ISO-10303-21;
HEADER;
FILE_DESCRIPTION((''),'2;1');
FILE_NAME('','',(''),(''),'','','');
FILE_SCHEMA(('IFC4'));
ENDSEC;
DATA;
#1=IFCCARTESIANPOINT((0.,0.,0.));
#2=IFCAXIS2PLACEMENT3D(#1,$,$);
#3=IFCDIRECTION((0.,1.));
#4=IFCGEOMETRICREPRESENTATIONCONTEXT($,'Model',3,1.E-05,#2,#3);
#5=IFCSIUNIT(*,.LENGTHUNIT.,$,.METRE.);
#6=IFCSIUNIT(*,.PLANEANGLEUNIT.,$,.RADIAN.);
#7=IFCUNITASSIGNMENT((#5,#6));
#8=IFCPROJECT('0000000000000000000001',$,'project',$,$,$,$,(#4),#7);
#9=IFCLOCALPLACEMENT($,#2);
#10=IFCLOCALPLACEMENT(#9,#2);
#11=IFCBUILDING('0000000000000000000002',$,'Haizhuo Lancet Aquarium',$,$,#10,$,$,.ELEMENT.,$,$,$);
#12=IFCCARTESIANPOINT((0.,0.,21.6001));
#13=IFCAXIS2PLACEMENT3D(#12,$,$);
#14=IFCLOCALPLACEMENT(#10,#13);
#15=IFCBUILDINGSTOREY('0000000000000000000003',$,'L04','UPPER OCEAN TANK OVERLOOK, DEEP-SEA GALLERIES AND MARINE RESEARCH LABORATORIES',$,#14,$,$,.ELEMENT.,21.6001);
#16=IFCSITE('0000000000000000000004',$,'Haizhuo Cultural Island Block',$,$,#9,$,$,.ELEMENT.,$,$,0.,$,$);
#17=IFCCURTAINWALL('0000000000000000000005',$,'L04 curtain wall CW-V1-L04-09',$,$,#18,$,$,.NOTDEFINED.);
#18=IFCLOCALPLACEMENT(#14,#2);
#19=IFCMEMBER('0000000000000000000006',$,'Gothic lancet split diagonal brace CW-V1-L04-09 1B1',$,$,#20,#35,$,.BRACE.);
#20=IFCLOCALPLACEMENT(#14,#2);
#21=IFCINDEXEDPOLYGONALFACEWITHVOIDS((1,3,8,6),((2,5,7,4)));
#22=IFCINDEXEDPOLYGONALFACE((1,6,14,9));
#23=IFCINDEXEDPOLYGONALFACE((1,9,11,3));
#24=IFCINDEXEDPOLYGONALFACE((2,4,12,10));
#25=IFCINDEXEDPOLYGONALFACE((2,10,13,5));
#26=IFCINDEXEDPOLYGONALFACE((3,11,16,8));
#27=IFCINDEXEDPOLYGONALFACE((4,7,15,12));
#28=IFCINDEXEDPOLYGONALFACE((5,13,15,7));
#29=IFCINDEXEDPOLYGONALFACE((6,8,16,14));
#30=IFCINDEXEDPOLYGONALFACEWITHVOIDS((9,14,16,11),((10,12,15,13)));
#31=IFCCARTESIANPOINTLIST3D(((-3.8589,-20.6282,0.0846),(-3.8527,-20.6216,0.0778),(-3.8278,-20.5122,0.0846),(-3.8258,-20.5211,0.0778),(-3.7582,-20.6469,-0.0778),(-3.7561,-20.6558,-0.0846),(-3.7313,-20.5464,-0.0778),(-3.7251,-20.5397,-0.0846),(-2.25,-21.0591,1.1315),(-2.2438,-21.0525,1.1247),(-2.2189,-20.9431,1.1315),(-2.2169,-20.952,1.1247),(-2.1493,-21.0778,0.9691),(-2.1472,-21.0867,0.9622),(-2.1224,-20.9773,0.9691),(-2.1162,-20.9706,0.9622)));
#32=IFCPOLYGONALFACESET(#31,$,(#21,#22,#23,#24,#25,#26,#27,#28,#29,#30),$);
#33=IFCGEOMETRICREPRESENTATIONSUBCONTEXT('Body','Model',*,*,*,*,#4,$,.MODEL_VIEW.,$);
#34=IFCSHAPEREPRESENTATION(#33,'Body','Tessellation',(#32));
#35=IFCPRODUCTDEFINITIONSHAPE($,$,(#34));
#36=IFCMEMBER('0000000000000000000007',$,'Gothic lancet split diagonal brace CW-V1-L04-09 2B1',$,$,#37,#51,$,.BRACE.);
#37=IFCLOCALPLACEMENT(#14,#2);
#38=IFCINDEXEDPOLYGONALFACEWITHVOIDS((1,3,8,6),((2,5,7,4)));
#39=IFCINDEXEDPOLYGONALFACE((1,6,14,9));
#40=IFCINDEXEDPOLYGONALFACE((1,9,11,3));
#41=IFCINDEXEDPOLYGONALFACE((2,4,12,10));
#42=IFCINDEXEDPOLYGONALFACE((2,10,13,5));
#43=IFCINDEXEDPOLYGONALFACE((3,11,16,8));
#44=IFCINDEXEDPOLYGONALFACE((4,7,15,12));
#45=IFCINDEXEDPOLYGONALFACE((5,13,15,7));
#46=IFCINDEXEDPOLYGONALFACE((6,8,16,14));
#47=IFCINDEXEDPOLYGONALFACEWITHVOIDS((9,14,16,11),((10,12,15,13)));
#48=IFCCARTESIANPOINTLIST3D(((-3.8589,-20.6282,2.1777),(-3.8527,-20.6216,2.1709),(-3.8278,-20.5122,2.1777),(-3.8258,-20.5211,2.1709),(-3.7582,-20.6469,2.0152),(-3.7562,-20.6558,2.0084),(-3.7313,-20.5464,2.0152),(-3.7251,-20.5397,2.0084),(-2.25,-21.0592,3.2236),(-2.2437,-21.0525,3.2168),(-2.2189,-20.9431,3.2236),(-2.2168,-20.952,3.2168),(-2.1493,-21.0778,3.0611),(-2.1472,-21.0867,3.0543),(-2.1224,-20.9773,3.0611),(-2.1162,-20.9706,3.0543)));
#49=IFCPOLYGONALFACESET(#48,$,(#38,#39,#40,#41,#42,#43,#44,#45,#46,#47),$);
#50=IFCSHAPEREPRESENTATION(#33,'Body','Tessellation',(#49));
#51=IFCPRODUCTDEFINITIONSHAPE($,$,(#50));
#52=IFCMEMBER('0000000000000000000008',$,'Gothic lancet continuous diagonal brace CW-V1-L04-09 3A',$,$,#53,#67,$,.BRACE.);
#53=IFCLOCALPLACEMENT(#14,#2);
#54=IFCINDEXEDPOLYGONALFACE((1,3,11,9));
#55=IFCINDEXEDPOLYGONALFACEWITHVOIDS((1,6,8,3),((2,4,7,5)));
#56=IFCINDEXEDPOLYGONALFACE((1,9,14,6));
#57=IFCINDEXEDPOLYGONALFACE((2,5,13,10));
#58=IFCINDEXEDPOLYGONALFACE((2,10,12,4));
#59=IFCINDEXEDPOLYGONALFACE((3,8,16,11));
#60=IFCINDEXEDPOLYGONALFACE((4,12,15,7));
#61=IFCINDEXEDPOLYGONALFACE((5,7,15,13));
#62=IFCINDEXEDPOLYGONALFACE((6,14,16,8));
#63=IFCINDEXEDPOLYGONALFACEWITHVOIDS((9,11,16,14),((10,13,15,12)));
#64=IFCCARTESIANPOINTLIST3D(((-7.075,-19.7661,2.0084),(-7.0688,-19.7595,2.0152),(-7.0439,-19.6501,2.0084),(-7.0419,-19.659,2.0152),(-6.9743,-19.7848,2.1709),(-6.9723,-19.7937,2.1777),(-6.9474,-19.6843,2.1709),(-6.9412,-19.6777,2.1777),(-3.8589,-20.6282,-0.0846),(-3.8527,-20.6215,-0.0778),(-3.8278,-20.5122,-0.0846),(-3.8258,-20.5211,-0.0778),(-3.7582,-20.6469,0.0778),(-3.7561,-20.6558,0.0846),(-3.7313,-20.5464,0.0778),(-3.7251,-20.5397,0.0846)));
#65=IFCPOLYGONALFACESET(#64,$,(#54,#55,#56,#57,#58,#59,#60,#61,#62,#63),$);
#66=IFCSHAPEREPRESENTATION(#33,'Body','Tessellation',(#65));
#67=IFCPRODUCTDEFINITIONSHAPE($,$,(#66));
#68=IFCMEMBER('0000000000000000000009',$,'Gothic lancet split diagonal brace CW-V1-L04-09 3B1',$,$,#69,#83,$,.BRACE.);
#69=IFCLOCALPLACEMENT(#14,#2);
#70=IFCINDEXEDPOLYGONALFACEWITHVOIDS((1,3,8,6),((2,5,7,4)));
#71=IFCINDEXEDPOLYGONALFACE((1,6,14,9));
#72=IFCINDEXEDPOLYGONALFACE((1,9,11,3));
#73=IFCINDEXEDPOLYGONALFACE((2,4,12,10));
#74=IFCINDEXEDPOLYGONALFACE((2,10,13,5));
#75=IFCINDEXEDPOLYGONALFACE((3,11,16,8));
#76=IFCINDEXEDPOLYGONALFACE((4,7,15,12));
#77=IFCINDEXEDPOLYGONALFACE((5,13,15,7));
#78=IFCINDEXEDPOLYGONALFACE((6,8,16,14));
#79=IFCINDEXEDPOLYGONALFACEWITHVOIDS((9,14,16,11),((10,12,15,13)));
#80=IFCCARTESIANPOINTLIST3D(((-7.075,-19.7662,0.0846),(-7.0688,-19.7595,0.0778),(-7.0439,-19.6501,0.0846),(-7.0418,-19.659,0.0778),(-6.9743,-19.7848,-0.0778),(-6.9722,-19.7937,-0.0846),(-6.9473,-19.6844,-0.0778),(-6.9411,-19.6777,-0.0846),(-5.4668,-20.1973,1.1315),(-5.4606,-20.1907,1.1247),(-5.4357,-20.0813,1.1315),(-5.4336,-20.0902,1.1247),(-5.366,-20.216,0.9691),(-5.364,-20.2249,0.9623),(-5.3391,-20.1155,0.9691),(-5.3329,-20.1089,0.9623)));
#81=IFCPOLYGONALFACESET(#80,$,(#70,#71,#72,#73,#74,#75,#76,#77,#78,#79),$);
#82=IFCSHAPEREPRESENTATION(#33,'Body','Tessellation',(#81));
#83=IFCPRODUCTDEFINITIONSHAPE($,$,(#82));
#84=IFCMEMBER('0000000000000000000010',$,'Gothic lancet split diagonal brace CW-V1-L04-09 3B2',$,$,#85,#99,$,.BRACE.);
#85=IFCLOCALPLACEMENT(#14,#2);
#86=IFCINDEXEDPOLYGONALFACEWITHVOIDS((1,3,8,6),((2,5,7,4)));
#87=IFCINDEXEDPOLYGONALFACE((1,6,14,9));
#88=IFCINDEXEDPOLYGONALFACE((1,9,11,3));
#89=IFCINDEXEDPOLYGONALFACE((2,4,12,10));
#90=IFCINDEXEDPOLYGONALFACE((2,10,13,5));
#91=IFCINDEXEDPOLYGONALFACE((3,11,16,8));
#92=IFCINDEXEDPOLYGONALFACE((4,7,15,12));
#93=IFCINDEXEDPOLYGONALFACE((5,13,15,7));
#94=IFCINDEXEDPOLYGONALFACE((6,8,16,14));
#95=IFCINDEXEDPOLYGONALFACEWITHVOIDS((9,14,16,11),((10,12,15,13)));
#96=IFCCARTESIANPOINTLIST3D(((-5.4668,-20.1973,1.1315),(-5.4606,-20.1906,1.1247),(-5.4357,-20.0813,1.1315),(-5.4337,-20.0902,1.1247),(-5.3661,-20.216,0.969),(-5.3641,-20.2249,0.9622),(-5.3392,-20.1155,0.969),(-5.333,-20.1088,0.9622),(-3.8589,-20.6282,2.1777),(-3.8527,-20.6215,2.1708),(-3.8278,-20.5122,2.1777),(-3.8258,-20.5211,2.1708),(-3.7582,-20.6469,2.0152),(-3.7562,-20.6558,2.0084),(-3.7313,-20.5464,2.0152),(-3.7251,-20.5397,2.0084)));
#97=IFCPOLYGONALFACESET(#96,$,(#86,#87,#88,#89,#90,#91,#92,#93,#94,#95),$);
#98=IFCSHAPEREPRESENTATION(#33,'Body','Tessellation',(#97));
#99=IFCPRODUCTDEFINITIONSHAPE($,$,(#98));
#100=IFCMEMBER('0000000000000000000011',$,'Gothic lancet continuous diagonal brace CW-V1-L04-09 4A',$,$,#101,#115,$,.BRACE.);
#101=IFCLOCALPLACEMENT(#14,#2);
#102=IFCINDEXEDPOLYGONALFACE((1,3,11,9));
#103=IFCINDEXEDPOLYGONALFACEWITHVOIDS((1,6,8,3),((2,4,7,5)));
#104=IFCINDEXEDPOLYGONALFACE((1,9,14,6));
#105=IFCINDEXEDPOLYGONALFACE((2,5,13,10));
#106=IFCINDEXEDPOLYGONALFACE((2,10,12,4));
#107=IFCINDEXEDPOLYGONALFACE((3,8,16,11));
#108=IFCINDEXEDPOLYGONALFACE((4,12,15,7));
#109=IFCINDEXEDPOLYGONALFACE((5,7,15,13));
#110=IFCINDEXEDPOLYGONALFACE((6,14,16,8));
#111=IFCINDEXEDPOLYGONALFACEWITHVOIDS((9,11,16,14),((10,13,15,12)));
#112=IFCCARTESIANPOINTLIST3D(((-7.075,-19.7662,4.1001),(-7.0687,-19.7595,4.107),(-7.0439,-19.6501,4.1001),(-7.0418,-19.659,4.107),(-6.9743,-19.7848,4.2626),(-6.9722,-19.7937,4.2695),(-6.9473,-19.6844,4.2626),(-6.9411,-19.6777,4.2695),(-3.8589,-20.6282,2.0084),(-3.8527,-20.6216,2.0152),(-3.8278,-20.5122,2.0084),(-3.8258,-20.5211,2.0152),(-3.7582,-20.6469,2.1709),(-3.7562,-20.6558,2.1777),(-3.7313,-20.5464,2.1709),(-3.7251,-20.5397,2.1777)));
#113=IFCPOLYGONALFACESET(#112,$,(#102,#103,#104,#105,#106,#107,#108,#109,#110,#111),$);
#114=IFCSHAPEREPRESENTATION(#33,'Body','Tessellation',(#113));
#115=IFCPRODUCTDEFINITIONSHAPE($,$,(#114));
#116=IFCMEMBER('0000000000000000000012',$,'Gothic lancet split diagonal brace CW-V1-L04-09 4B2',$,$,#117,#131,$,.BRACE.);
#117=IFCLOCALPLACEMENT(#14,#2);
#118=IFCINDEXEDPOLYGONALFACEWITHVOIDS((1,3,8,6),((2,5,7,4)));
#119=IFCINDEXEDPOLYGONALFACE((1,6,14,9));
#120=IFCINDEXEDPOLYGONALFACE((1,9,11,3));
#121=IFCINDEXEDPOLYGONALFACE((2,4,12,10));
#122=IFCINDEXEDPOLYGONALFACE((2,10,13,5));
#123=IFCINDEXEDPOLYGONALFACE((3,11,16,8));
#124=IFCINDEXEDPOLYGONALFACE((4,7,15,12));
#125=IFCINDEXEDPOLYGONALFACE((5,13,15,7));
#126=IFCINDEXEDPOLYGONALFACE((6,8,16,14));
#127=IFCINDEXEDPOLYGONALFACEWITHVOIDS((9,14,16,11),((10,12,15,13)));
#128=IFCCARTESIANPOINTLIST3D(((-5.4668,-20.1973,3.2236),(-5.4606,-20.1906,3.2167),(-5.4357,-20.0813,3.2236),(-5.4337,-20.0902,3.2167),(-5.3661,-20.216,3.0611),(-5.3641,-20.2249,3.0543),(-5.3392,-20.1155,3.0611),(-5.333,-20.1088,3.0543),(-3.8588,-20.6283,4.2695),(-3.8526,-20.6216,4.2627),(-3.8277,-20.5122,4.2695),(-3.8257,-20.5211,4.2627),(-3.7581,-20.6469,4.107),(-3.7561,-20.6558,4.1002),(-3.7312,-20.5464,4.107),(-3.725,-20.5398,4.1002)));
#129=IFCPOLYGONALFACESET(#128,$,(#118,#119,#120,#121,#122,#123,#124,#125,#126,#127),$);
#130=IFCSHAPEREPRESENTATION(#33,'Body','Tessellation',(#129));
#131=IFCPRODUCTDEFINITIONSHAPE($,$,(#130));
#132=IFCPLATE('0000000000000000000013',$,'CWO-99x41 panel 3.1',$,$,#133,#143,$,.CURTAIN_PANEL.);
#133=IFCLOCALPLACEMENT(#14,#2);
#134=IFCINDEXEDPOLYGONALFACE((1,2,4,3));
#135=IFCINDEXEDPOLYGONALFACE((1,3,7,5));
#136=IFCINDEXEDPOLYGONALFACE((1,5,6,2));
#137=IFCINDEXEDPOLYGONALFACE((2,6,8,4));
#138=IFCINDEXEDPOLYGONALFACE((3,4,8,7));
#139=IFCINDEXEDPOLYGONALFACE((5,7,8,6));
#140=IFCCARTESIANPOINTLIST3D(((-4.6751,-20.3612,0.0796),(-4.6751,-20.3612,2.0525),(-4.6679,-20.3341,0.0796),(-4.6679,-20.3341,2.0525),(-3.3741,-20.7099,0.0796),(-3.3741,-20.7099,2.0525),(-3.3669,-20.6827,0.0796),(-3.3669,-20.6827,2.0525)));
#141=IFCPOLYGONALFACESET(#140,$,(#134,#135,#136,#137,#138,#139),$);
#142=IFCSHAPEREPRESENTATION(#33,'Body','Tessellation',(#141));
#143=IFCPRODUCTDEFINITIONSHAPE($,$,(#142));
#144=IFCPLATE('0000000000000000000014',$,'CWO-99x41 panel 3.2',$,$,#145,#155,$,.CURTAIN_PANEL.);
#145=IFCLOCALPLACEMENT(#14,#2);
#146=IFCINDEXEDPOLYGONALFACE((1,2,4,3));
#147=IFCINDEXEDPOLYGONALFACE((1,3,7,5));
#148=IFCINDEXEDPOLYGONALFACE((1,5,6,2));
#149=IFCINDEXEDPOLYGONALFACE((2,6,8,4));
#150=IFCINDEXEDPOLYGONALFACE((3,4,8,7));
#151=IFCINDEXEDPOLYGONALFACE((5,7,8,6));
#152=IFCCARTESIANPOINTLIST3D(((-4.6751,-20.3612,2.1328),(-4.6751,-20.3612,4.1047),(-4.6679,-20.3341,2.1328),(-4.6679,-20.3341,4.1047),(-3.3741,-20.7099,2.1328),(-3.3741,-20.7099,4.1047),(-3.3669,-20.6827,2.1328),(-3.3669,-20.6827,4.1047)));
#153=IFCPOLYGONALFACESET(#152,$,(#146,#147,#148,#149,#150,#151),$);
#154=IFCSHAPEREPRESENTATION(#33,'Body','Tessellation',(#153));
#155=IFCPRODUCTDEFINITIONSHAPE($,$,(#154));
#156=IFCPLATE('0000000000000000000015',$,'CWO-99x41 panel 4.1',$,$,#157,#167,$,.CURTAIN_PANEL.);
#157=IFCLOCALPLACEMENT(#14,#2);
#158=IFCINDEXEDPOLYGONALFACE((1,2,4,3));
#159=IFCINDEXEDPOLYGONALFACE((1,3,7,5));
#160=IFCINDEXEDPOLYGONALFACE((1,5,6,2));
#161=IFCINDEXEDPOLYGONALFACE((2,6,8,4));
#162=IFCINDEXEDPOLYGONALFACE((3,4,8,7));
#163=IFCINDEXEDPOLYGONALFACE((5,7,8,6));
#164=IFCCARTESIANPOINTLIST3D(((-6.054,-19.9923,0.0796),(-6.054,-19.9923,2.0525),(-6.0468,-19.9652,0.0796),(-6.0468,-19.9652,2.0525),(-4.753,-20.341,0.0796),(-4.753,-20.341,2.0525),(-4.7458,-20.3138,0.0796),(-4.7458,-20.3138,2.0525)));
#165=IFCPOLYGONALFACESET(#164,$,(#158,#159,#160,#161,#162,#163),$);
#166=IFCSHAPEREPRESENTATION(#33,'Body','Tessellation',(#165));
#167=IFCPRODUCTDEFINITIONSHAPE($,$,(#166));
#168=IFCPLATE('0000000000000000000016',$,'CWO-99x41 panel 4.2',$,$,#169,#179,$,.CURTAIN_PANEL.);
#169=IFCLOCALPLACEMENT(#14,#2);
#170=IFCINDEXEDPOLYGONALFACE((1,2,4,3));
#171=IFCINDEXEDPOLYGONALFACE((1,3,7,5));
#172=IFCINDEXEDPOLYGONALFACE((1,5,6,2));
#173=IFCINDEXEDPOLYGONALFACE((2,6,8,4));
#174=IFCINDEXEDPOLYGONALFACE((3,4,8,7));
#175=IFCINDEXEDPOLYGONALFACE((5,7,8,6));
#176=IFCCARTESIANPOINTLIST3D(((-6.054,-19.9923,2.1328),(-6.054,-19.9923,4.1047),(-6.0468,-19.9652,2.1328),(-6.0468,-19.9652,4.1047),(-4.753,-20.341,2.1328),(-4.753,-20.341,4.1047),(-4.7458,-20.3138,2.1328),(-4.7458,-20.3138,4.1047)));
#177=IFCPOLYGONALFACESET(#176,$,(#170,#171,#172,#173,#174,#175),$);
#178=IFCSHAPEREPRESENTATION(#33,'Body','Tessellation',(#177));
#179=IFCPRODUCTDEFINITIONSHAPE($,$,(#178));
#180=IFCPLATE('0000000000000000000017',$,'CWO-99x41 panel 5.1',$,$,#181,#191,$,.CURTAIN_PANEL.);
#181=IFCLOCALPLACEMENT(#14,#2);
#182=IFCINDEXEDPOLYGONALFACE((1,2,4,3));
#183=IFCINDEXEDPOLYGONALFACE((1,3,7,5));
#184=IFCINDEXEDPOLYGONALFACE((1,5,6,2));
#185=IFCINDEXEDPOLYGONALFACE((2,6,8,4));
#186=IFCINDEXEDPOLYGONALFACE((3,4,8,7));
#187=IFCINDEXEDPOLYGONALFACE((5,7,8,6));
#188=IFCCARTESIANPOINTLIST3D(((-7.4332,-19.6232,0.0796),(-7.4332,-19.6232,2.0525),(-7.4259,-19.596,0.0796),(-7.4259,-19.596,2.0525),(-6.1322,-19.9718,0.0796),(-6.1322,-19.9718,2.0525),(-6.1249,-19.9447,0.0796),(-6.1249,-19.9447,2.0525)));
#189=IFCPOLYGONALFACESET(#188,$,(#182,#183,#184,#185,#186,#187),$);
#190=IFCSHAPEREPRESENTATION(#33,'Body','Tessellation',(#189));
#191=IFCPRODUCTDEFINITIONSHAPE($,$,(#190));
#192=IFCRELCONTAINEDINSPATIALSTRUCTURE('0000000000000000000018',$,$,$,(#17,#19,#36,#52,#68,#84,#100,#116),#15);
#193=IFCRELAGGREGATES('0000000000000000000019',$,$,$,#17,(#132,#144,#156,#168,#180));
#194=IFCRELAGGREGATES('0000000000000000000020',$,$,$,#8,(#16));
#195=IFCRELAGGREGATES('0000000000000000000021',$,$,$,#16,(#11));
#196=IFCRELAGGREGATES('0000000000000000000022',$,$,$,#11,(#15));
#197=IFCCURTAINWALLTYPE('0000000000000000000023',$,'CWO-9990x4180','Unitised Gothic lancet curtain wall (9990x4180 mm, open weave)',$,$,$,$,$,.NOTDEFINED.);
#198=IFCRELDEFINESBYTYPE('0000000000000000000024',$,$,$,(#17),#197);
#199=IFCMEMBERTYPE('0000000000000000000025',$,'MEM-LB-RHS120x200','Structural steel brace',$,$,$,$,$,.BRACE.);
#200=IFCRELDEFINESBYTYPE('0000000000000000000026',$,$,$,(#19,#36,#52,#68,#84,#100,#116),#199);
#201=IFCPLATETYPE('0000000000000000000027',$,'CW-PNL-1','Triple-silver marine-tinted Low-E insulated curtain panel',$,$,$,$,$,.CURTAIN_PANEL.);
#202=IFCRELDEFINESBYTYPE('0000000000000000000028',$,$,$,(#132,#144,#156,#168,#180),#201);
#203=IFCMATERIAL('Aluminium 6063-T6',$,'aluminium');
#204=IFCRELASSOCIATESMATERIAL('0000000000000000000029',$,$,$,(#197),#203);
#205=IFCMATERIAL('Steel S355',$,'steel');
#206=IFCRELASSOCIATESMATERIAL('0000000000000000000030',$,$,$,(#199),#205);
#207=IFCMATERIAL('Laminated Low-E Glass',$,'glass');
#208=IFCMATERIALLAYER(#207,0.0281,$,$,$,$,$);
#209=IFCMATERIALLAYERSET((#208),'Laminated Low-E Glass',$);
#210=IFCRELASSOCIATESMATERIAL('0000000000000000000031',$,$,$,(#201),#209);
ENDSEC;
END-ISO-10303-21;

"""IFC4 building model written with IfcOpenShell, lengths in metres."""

from ifc_helpers import new_model, si_unit, direction, frame, origin, origin_2d, place, context, subcontext, project, spatial, rectangle, hollow_rectangle, extrude, material, layer, layer_set, material_profile, profile_set, type_object, element, aggregate, save


model = new_model("IFC4")

# Units and contexts
model_context = context("Model", 3, precision=1e-05, world=origin(), true_north=direction((0.0, 1.0)))
body_context = subcontext(model_context, "Body", "Model", "MODEL_VIEW")
ifc_project = project(units=[si_unit("LENGTHUNIT", "METRE"), si_unit("PLANEANGLEUNIT", "RADIAN")], contexts=[model_context])

# Site, building, storey
site_placement = place(None, origin())
site = spatial("IfcSite", under=ifc_project, at=site_placement, Name="Haizhuo Cultural Island Block", CompositionType="ELEMENT", RefElevation=0.0)
building_placement = place(site_placement, origin())
building = spatial("IfcBuilding", under=site, at=building_placement, Name="Haizhuo Lancet Aquarium", CompositionType="ELEMENT")
storey_placement = place(building_placement, frame((0.0, 0.0, 21.6001)))
storey = spatial("IfcBuildingStorey", under=building, at=storey_placement, Name="L04", Description="UPPER OCEAN TANK OVERLOOK, DEEP-SEA GALLERIES AND MARINE RESEARCH LABORATORIES", CompositionType="ELEMENT", Elevation=21.6001)

# Curtain wall
ifc_material_1 = material(Name="Aluminium 6063-T6", Category="aluminium")
curtain_wall_type = type_object("IfcCurtainWallType", Name="CWO-9990x4180", Description="Unitised Gothic lancet curtain wall (9990x4180 mm, open weave)", PredefinedType="NOTDEFINED", material=ifc_material_1)
curtain_wall_placement = place(storey_placement, origin())
curtain_wall = element("IfcCurtainWall", 1, at=curtain_wall_placement, inside=storey, type_object=curtain_wall_type, Name="L04 curtain wall CW-V1-L04-09", PredefinedType="NOTDEFINED")

# Members
ifc_material_2 = material(Name="Steel S355", Category="steel")
ifc_material_profile_1 = material_profile(ifc_material_2, hollow_rectangle(XDim=0.1201, YDim=0.2, WallThickness=0.0081, at=origin_2d()), Name="RHS 120x200x8")
ifc_profile_set_1 = profile_set([ifc_material_profile_1], Name="Steel S355")
member_type_1 = type_object("IfcMemberType", Name="MEM-LB-RHS120x200", Description="Structural steel brace", PredefinedType="BRACE", material=ifc_profile_set_1)
member_1_placement = place(storey_placement, frame((-3.792, -20.584, 0.0), z_axis=(0.817828, -0.219039, 0.532146), x_axis=(0.258712, 0.965955, 0.0)))
element("IfcMember", 2, at=member_1_placement, inside=storey, type_object=member_type_1, Name="Gothic lancet split diagonal brace CW-V1-L04-09 1B1", PredefinedType="BRACE", context=body_context, shape_type="SweptSolid", body=[
    extrude(hollow_rectangle(XDim=0.1201, YDim=0.2, WallThickness=0.0081, at=origin_2d()), origin(), (0.0, 0.0, 1.0), 1.9673),
])
member_2_placement = place(storey_placement, frame((-3.792, -20.584, 2.093), z_axis=(0.818044, -0.219097, 0.53179), x_axis=(0.258712, 0.965955, 0.0)))
element("IfcMember", 3, at=member_2_placement, inside=storey, type_object=member_type_1, Name="Gothic lancet split diagonal brace CW-V1-L04-09 2B1", PredefinedType="BRACE", context=body_context, shape_type="SweptSolid", body=[
    extrude(hollow_rectangle(XDim=0.1201, YDim=0.2, WallThickness=0.0081, at=origin_2d()), origin(), (0.0, 0.0, 1.0), 1.9668),
])
member_3_placement = place(storey_placement, frame((-3.792, -20.584, 0.0), z_axis=(-0.817754, 0.219197, 0.532195), x_axis=(-0.258908, -0.965902, 0.0)))
element("IfcMember", 4, at=member_3_placement, inside=storey, type_object=member_type_1, Name="Gothic lancet continuous diagonal brace CW-V1-L04-09 3A", PredefinedType="BRACE", context=body_context, shape_type="SweptSolid", body=[
    extrude(hollow_rectangle(XDim=0.1201, YDim=0.2, WallThickness=0.0081, at=origin_2d()), origin(), (0.0, 0.0, 1.0), 3.9329),
])
member_4_placement = place(storey_placement, frame((-7.0081, -19.7219, 0.0), z_axis=(0.817682, -0.219224, 0.532294), x_axis=(0.258958, 0.965888, 0.0)))
element("IfcMember", 5, at=member_4_placement, inside=storey, type_object=member_type_1, Name="Gothic lancet split diagonal brace CW-V1-L04-09 3B1", PredefinedType="BRACE", context=body_context, shape_type="SweptSolid", body=[
    extrude(hollow_rectangle(XDim=0.1201, YDim=0.2, WallThickness=0.0081, at=origin_2d()), origin(), (0.0, 0.0, 1.0), 1.9668),
])
member_5_placement = place(storey_placement, frame((-5.3999, -20.1531, 1.0469), z_axis=(0.817825, -0.219171, 0.532096), x_axis=(0.258858, 0.965915, 0.0)))
element("IfcMember", 6, at=member_5_placement, inside=storey, type_object=member_type_1, Name="Gothic lancet split diagonal brace CW-V1-L04-09 3B2", PredefinedType="BRACE", context=body_context, shape_type="SweptSolid", body=[
    extrude(hollow_rectangle(XDim=0.1201, YDim=0.2, WallThickness=0.0081, at=origin_2d()), origin(), (0.0, 0.0, 1.0), 1.9661),
])
member_6_placement = place(storey_placement, frame((-3.792, -20.584, 2.093), z_axis=(-0.817889, 0.219234, 0.531972), x_axis=(-0.258908, -0.965902, 0.0)))
element("IfcMember", 7, at=member_6_placement, inside=storey, type_object=member_type_1, Name="Gothic lancet continuous diagonal brace CW-V1-L04-09 4A", PredefinedType="BRACE", context=body_context, shape_type="SweptSolid", body=[
    extrude(hollow_rectangle(XDim=0.1201, YDim=0.2, WallThickness=0.0081, at=origin_2d()), origin(), (0.0, 0.0, 1.0), 3.9321),
])
member_7_placement = place(storey_placement, frame((-5.3999, -20.1531, 3.1389), z_axis=(0.817879, -0.219186, 0.532007), x_axis=(0.258858, 0.965915, 0.0)))
element("IfcMember", 8, at=member_7_placement, inside=storey, type_object=member_type_1, Name="Gothic lancet split diagonal brace CW-V1-L04-09 4B2", PredefinedType="BRACE", context=body_context, shape_type="SweptSolid", body=[
    extrude(hollow_rectangle(XDim=0.1201, YDim=0.2, WallThickness=0.0081, at=origin_2d()), origin(), (0.0, 0.0, 1.0), 1.9661),
])

# Plates
ifc_material_3 = material(Name="Laminated Low-E Glass", Category="glass")
ifc_layer = layer(ifc_material_3, 0.0281)
ifc_layer_set = layer_set([ifc_layer], Name="Laminated Low-E Glass")
plate_type = type_object("IfcPlateType", Name="CW-PNL-1", Description="Triple-silver marine-tinted Low-E insulated curtain panel", PredefinedType="CURTAIN_PANEL", material=ifc_layer_set)
plate_1_placement = place(storey_placement, frame((-4.021, -20.522, 0.0796), z_axis=(0.0, 0.0, 1.0), x_axis=(-0.965917, 0.258853, 0.0)))
plate_1 = element("IfcPlate", 9, at=plate_1_placement, type_object=plate_type, Name="CWO-99x41 panel 3.1", PredefinedType="CURTAIN_PANEL", context=body_context, shape_type="SweptSolid", body=[
    extrude(rectangle(XDim=1.3469, YDim=0.0281, at=origin_2d()), origin(), (0.0, 0.0, 1.0), 1.9729),
])
plate_2_placement = place(storey_placement, frame((-4.021, -20.522, 2.1328), z_axis=(0.0, 0.0, 1.0), x_axis=(-0.965917, 0.258853, 0.0)))
plate_2 = element("IfcPlate", 10, at=plate_2_placement, type_object=plate_type, Name="CWO-99x41 panel 3.2", PredefinedType="CURTAIN_PANEL", context=body_context, shape_type="SweptSolid", body=[
    extrude(rectangle(XDim=1.3469, YDim=0.0281, at=origin_2d()), origin(), (0.0, 0.0, 1.0), 1.9719),
])
plate_3_placement = place(storey_placement, frame((-5.3999, -20.1531, 0.0796), z_axis=(0.0, 0.0, 1.0), x_axis=(-0.965917, 0.258853, 0.0)))
plate_3 = element("IfcPlate", 11, at=plate_3_placement, type_object=plate_type, Name="CWO-99x41 panel 4.1", PredefinedType="CURTAIN_PANEL", context=body_context, shape_type="SweptSolid", body=[
    extrude(rectangle(XDim=1.3469, YDim=0.0281, at=origin_2d()), origin(), (0.0, 0.0, 1.0), 1.9729),
])
plate_4_placement = place(storey_placement, frame((-5.3999, -20.1531, 2.1328), z_axis=(0.0, 0.0, 1.0), x_axis=(-0.965917, 0.258853, 0.0)))
plate_4 = element("IfcPlate", 12, at=plate_4_placement, type_object=plate_type, Name="CWO-99x41 panel 4.2", PredefinedType="CURTAIN_PANEL", context=body_context, shape_type="SweptSolid", body=[
    extrude(rectangle(XDim=1.3469, YDim=0.0281, at=origin_2d()), origin(), (0.0, 0.0, 1.0), 1.9719),
])
plate_5_placement = place(storey_placement, frame((-6.7791, -19.7839, 0.0796), z_axis=(0.0, 0.0, 1.0), x_axis=(-0.965917, 0.258853, 0.0)))
plate_5 = element("IfcPlate", 13, at=plate_5_placement, type_object=plate_type, Name="CWO-99x41 panel 5.1", PredefinedType="CURTAIN_PANEL", context=body_context, shape_type="SweptSolid", body=[
    extrude(rectangle(XDim=1.3469, YDim=0.0281, at=origin_2d()), origin(), (0.0, 0.0, 1.0), 1.9729),
])
aggregate(curtain_wall, [plate_1, plate_2, plate_3, plate_4, plate_5])

save(model, "model.ifc")
